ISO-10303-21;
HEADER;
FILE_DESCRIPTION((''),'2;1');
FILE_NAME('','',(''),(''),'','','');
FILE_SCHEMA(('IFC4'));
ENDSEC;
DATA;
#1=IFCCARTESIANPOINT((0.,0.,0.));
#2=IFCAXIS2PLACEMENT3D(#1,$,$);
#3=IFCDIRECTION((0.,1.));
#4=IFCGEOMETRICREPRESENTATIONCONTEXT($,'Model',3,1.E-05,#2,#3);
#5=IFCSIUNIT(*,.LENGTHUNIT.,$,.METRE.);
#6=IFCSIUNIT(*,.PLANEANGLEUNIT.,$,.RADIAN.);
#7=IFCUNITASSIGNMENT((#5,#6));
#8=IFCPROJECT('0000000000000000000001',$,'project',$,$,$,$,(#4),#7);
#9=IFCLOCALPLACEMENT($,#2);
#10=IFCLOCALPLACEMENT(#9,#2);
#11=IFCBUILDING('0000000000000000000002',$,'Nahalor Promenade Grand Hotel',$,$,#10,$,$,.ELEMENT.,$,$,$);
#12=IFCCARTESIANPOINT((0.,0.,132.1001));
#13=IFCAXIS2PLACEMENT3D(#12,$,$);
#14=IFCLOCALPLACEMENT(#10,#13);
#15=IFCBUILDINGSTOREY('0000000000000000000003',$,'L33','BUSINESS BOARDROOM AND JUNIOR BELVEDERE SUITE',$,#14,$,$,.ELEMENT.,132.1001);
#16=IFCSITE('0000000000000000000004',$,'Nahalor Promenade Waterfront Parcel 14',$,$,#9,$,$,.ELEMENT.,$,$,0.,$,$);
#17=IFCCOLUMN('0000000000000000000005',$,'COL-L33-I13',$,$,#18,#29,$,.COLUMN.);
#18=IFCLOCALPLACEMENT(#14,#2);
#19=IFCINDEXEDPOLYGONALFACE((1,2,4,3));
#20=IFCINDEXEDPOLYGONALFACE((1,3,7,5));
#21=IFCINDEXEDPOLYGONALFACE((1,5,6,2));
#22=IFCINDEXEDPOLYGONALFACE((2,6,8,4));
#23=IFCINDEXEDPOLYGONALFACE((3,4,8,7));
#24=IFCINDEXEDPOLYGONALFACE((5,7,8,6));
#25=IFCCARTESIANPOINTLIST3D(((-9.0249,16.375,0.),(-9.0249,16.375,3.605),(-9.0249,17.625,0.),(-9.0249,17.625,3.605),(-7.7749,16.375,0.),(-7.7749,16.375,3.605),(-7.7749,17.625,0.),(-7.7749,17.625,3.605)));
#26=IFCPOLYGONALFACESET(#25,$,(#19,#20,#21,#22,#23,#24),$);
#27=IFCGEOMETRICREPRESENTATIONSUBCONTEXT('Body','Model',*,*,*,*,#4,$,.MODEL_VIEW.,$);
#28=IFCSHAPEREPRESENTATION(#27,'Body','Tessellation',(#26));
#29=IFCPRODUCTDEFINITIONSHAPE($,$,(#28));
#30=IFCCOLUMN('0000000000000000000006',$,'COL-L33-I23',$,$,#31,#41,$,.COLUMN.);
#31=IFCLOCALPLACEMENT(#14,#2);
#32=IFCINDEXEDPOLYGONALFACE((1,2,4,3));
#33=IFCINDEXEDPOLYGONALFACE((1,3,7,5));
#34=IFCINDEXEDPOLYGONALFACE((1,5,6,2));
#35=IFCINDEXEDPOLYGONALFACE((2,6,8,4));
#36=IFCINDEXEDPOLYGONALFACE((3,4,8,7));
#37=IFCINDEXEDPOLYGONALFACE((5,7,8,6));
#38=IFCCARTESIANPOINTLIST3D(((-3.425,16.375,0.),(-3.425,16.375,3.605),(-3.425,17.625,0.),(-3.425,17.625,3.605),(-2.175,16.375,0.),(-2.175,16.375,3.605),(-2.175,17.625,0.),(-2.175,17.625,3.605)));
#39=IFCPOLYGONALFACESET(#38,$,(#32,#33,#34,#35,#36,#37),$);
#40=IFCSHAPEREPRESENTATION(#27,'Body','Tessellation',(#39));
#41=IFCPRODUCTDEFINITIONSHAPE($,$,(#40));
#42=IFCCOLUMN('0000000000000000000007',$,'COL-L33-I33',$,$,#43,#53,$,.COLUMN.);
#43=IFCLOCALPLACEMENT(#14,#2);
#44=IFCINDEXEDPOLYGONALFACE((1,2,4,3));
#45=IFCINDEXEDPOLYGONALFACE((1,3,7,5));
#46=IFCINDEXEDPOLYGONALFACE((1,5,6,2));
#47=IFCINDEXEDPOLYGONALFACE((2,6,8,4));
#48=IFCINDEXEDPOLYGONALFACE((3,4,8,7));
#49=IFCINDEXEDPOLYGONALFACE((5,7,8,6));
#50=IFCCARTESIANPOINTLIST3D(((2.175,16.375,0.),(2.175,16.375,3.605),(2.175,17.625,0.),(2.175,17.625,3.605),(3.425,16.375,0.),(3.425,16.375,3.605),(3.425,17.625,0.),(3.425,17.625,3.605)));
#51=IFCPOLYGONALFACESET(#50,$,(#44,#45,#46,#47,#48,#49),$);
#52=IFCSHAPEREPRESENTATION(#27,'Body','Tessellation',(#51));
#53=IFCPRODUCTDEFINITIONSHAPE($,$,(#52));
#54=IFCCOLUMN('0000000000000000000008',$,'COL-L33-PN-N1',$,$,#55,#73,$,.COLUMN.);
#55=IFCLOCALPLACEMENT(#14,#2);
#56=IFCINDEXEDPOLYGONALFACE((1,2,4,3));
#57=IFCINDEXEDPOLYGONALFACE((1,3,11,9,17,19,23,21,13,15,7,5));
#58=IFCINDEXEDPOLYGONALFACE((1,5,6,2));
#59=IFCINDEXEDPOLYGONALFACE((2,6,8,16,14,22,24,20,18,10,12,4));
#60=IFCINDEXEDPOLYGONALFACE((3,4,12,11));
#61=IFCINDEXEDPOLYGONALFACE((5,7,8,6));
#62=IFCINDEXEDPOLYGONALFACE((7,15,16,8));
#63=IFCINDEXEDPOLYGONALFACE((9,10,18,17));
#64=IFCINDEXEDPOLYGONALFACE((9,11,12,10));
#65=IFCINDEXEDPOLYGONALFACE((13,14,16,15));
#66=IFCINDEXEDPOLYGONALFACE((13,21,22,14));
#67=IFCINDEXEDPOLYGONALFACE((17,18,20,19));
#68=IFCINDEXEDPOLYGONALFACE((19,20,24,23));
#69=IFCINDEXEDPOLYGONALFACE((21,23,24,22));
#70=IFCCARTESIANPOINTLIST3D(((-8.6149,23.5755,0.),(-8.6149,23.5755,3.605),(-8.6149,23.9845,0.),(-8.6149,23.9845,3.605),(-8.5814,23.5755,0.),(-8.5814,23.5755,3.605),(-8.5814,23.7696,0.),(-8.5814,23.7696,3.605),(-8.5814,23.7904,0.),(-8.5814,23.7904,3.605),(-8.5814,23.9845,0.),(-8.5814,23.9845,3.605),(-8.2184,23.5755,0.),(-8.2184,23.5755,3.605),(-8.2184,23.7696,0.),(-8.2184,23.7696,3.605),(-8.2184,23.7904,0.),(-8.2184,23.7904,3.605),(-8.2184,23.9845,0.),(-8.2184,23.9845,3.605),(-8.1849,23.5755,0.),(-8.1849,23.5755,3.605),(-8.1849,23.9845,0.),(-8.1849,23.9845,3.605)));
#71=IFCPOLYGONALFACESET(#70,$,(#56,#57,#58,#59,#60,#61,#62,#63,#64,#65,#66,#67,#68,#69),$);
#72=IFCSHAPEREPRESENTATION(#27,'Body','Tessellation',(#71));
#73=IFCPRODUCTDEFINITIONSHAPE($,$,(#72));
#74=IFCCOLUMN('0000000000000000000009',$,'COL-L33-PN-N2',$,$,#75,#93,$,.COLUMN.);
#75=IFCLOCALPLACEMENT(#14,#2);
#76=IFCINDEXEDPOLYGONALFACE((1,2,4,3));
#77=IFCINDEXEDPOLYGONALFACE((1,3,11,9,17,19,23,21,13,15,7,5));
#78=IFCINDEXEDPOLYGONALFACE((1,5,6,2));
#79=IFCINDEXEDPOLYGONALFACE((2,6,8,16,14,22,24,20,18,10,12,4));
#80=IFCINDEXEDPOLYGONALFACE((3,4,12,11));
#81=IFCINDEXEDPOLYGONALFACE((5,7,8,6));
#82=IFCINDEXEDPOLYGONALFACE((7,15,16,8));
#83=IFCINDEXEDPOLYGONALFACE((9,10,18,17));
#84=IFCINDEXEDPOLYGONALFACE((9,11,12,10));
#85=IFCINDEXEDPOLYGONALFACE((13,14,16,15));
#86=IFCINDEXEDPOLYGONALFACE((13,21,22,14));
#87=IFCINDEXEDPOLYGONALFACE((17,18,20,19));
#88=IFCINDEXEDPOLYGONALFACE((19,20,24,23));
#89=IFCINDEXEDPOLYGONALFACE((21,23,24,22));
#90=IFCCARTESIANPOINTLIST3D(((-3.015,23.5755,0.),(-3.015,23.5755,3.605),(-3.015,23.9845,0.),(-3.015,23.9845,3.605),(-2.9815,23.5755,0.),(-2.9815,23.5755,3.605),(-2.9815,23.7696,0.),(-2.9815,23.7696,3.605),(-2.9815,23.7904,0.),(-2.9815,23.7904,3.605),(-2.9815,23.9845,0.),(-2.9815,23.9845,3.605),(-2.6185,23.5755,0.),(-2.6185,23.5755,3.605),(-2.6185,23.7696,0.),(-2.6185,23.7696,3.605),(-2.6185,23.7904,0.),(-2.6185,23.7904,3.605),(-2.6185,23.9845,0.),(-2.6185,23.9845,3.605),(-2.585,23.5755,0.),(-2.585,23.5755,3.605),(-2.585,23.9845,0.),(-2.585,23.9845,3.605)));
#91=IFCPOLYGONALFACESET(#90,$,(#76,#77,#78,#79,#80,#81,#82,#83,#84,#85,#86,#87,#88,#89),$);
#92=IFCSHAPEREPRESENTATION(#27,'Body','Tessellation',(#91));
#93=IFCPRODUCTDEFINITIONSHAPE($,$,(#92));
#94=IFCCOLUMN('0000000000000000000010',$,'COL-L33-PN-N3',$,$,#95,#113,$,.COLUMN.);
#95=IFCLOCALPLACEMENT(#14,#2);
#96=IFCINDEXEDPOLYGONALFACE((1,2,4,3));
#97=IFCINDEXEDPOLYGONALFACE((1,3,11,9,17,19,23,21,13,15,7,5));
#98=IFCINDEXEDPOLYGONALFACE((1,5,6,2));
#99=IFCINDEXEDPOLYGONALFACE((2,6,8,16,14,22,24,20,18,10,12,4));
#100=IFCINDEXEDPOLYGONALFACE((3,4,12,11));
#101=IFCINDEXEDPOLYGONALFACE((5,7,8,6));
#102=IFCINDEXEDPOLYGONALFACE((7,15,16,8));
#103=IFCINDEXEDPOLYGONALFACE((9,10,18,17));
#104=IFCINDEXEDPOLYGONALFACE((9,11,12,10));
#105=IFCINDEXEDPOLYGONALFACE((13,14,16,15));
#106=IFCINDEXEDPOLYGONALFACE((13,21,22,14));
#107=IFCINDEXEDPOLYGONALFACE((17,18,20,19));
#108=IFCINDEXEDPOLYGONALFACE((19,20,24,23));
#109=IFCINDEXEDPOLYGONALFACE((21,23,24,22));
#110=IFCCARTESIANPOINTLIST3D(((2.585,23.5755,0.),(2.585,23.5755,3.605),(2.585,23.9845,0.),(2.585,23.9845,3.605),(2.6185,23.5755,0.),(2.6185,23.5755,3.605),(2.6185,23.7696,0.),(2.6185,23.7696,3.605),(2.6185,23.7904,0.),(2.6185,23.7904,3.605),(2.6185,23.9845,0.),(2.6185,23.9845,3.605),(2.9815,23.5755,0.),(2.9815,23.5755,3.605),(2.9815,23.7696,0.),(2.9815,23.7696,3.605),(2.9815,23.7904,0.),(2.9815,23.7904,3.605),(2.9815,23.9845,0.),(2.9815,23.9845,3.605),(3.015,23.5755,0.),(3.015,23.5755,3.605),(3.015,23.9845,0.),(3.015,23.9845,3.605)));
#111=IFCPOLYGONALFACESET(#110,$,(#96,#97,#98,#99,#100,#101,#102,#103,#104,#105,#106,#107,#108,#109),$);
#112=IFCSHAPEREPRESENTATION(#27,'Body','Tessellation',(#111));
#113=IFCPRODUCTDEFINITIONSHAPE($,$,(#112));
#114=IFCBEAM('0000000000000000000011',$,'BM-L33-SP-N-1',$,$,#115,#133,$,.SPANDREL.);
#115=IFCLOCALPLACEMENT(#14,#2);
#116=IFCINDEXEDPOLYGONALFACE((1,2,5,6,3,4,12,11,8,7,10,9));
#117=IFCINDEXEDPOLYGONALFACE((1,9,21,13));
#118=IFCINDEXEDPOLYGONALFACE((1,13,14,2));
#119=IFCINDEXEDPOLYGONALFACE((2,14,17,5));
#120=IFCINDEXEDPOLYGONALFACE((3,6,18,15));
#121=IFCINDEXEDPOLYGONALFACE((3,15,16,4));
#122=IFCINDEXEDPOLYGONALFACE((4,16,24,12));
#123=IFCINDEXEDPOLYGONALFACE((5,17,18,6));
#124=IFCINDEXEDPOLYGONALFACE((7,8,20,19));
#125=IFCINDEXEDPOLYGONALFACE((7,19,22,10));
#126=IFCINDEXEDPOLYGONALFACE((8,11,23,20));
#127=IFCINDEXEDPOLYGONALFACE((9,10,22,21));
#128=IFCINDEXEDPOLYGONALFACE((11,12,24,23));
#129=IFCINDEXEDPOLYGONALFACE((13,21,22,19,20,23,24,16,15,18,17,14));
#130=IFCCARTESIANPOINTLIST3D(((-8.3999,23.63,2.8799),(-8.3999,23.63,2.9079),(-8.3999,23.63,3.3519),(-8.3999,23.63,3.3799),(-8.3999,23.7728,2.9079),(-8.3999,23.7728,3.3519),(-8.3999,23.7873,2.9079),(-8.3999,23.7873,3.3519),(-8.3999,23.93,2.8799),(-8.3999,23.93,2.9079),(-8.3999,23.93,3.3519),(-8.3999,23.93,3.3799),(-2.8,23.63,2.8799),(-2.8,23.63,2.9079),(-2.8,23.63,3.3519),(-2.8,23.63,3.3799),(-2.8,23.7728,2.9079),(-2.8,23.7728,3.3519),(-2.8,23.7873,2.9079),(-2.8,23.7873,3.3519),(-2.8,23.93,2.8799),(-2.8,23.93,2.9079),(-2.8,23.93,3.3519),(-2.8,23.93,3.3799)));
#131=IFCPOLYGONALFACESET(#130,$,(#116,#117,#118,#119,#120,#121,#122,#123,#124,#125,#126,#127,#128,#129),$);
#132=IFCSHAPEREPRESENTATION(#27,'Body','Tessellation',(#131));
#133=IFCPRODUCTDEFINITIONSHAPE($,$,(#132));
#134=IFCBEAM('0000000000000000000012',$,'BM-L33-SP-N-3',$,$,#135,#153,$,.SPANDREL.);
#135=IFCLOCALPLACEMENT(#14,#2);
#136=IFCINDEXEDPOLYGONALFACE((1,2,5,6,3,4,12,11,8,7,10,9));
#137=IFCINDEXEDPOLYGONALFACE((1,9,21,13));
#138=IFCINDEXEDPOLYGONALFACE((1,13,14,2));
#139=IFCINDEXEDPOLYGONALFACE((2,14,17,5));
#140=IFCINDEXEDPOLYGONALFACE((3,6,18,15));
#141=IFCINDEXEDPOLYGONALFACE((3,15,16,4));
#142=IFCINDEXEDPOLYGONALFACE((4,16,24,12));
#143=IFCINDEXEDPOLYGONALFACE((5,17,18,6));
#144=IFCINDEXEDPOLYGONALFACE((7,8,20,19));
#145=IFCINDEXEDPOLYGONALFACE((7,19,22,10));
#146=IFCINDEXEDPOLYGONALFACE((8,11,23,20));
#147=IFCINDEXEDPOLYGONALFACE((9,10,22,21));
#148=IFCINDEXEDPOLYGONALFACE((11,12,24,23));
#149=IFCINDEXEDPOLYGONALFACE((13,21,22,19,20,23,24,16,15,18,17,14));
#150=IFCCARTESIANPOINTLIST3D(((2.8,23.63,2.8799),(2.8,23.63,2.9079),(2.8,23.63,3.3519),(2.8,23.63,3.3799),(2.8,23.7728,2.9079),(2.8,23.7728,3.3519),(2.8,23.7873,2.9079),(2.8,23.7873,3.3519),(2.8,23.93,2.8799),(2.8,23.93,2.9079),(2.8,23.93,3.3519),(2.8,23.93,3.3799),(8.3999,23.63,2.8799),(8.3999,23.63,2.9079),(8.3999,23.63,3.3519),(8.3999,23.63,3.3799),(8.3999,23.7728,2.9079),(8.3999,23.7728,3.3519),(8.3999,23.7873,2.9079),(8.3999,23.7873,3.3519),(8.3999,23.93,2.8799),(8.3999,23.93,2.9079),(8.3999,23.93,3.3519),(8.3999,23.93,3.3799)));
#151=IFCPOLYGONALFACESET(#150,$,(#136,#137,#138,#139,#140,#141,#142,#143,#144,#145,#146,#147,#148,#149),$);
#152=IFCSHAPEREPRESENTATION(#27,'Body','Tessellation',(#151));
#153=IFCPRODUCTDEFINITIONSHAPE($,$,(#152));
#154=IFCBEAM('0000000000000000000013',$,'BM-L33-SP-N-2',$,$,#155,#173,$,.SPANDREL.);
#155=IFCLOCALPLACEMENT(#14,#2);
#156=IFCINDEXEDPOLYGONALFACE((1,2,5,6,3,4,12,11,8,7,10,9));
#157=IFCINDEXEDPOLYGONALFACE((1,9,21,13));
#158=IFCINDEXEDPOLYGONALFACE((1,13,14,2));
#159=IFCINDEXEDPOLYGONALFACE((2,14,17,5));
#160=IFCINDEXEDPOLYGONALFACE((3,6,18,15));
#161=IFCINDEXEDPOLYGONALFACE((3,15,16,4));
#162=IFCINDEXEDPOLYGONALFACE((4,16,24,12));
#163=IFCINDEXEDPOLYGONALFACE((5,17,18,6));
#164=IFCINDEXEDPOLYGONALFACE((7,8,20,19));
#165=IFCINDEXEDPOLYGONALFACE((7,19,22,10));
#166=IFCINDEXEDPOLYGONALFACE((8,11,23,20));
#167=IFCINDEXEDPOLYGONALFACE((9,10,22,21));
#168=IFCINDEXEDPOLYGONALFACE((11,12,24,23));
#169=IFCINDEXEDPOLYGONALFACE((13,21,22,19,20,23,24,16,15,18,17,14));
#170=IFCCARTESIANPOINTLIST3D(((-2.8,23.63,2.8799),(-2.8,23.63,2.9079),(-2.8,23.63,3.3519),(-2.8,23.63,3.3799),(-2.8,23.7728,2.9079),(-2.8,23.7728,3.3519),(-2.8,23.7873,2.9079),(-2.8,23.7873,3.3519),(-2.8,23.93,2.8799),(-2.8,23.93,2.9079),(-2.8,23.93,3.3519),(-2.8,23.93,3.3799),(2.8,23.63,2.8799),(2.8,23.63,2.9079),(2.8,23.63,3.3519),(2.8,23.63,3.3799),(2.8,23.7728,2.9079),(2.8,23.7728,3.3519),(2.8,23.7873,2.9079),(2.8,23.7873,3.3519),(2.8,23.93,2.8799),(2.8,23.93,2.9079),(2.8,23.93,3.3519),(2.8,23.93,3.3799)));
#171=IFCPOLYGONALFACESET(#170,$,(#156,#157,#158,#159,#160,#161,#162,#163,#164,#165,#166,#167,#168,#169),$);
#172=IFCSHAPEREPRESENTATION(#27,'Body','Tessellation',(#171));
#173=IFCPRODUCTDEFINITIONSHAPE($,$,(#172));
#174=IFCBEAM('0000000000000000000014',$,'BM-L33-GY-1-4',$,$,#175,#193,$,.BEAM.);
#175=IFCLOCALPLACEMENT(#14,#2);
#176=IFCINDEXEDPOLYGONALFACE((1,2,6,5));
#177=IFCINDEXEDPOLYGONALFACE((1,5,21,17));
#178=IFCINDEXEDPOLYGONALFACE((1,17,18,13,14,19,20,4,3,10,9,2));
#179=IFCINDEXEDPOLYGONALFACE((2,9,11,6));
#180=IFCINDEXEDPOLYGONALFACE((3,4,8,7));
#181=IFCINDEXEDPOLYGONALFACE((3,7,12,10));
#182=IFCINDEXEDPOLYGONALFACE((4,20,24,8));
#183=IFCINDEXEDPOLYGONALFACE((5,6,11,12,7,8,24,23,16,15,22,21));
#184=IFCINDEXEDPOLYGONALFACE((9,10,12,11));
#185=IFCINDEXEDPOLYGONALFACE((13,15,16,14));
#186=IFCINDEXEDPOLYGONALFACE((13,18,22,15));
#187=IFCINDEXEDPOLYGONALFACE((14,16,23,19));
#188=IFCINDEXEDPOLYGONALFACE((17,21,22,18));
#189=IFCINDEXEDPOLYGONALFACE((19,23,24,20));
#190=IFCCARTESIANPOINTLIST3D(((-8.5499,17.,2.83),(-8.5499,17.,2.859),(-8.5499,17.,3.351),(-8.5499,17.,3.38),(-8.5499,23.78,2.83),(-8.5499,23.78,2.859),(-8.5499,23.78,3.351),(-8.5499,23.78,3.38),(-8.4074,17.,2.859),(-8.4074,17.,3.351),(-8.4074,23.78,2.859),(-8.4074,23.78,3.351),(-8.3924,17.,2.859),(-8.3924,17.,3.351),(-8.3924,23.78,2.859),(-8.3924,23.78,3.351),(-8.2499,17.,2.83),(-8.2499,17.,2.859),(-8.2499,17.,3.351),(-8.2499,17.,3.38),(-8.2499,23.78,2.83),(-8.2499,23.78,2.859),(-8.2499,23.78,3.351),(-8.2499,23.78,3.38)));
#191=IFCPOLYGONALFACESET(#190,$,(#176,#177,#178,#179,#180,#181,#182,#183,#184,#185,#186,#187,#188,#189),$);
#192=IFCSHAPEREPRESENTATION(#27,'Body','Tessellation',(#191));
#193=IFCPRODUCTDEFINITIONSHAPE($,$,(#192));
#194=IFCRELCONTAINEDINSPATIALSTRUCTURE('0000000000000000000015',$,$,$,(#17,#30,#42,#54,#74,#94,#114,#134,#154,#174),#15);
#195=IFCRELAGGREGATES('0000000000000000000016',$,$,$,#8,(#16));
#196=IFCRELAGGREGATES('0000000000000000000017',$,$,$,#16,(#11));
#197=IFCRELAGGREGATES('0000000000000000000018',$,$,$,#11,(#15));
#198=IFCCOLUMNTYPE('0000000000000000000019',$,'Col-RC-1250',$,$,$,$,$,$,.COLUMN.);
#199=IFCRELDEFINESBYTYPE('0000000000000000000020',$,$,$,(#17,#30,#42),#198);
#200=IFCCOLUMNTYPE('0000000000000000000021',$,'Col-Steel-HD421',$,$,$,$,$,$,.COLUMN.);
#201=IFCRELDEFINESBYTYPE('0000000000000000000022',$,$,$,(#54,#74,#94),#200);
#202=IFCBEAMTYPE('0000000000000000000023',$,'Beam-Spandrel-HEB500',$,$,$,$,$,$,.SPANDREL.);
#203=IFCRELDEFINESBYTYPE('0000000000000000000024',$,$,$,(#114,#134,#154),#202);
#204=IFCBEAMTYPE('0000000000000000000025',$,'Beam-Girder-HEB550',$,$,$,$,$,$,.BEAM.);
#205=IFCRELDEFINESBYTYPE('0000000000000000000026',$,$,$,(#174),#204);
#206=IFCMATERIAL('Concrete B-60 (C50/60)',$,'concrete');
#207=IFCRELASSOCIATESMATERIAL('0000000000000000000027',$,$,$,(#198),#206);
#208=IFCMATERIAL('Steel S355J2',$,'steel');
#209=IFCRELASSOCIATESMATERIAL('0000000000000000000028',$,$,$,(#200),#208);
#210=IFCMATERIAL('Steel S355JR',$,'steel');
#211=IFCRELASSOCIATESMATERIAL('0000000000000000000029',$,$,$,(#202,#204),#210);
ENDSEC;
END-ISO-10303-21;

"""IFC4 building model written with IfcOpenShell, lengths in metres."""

from ifc_helpers import new_model, si_unit, direction, frame, origin, origin_2d, place, context, subcontext, project, spatial, rectangle, i_section, extrude, source, transform, mapped, material, material_profile, profile_set, type_object, element, save


model = new_model("IFC4")

# Units and contexts
model_context = context("Model", 3, precision=1e-05, world=origin(), true_north=direction((0.0, 1.0)))
body_context = subcontext(model_context, "Body", "Model", "MODEL_VIEW")
ifc_project = project(units=[si_unit("LENGTHUNIT", "METRE"), si_unit("PLANEANGLEUNIT", "RADIAN")], contexts=[model_context])

# Site, building, storey
site_placement = place(None, origin())
site = spatial("IfcSite", under=ifc_project, at=site_placement, Name="Nahalor Promenade Waterfront Parcel 14", CompositionType="ELEMENT", RefElevation=0.0)
building_placement = place(site_placement, origin())
building = spatial("IfcBuilding", under=site, at=building_placement, Name="Nahalor Promenade Grand Hotel", CompositionType="ELEMENT")
storey_placement = place(building_placement, frame((0.0, 0.0, 132.1001)))
storey = spatial("IfcBuildingStorey", under=building, at=storey_placement, Name="L33", Description="BUSINESS BOARDROOM AND JUNIOR BELVEDERE SUITE", CompositionType="ELEMENT", Elevation=132.1001)

# Columns
ifc_material_1 = material(Name="Concrete B-60 (C50/60)", Category="concrete")
ifc_material_profile_1 = material_profile(ifc_material_1, rectangle(XDim=1.25, YDim=1.25, at=origin_2d()), Name="RC 1250x1250")
ifc_profile_set_1 = profile_set([ifc_material_profile_1], Name="Concrete B-60 (C50/60)")
column_type_1 = type_object("IfcColumnType", Name="Col-RC-1250", PredefinedType="COLUMN", material=ifc_profile_set_1)
shared_shape_1 = source(origin(), body_context, "Body", "SweptSolid", [
    extrude(rectangle(XDim=1.25, YDim=1.25, at=origin_2d()), origin(), (0.0, 0.0, 1.0), 3.605),
])
for number, where, z_axis, x_axis, name in (
    (1, (-8.3999, 17.0, 0.0), (0.0, 0.0, 1.0), (1.0, 0.0, 0.0), "COL-L33-I13"),
    (2, (-2.8, 17.0, 0.0), (0.0, 0.0, 1.0), (1.0, 0.0, 0.0), "COL-L33-I23"),
    (3, (2.8, 17.0, 0.0), (0.0, 0.0, 1.0), (1.0, 0.0, 0.0), "COL-L33-I33"),
):
    element("IfcColumn", number, at=place(storey_placement, frame(where, z_axis=z_axis, x_axis=x_axis)), inside=storey, type_object=column_type_1, Name=name, PredefinedType="COLUMN", context=body_context, shape_type="MappedRepresentation", body=[
        mapped(shared_shape_1, transform((0.0, 0.0, 0.0), scale=1.0)),
    ])
ifc_material_2 = material(Name="Steel S355J2", Category="steel")
ifc_material_profile_2 = material_profile(ifc_material_2, i_section(OverallWidth=0.409, OverallDepth=0.43, WebThickness=0.0208, FlangeThickness=0.0335, at=origin_2d()), Name="HD 400x421")
ifc_profile_set_2 = profile_set([ifc_material_profile_2], Name="Steel S355J2")
column_type_2 = type_object("IfcColumnType", Name="Col-Steel-HD421", PredefinedType="COLUMN", material=ifc_profile_set_2)
shared_shape_2 = source(origin(), body_context, "Body", "SweptSolid", [
    extrude(i_section(OverallWidth=0.409, OverallDepth=0.43, WebThickness=0.0208, FlangeThickness=0.0335, at=origin_2d()), origin(), (0.0, 0.0, 1.0), 3.605),
])
for number, where, z_axis, x_axis, name in (
    (4, (-8.3999, 23.78, 0.0), (0.0, 0.0, 1.0), (0.0, 1.0, 0.0), "COL-L33-PN-N1"),
    (5, (-2.8, 23.78, 0.0), (0.0, 0.0, 1.0), (0.0, 1.0, 0.0), "COL-L33-PN-N2"),
    (6, (2.8, 23.78, 0.0), (0.0, 0.0, 1.0), (0.0, 1.0, 0.0), "COL-L33-PN-N3"),
):
    element("IfcColumn", number, at=place(storey_placement, frame(where, z_axis=z_axis, x_axis=x_axis)), inside=storey, type_object=column_type_2, Name=name, PredefinedType="COLUMN", context=body_context, shape_type="MappedRepresentation", body=[
        mapped(shared_shape_2, transform((0.0, 0.0, 0.0), scale=1.0)),
    ])

# Beams
ifc_material_3 = material(Name="Steel S355JR", Category="steel")
ifc_material_profile_3 = material_profile(ifc_material_3, i_section(OverallWidth=0.3, OverallDepth=0.5, WebThickness=0.0145, FlangeThickness=0.028, at=origin_2d()), Name="HEB 500")
ifc_profile_set_3 = profile_set([ifc_material_profile_3], Name="Steel S355JR")
beam_type_1 = type_object("IfcBeamType", Name="Beam-Spandrel-HEB500", PredefinedType="SPANDREL", material=ifc_profile_set_3)
shared_shape_3 = source(origin(), body_context, "Body", "SweptSolid", [
    extrude(i_section(OverallWidth=0.3, OverallDepth=0.5, WebThickness=0.0145, FlangeThickness=0.028, at=origin_2d()), origin(), (0.0, 0.0, 1.0), 5.5999),
])
for number, where, z_axis, x_axis, name in (
    (7, (-8.3999, 23.78, 3.1299), (1.0, 0.0, 0.0), (0.0, 1.0, 0.0), "BM-L33-SP-N-1"),
    (8, (2.8, 23.78, 3.1299), (1.0, 0.0, 0.0), (0.0, 1.0, 0.0), "BM-L33-SP-N-3"),
):
    element("IfcBeam", number, at=place(storey_placement, frame(where, z_axis=z_axis, x_axis=x_axis)), inside=storey, type_object=beam_type_1, Name=name, PredefinedType="SPANDREL", context=body_context, shape_type="MappedRepresentation", body=[
        mapped(shared_shape_3, transform((0.0, 0.0, 0.0), scale=1.0)),
    ])
shared_shape_4 = source(origin(), body_context, "Body", "SweptSolid", [
    extrude(i_section(OverallWidth=0.3, OverallDepth=0.5, WebThickness=0.0145, FlangeThickness=0.028, at=origin_2d()), origin(), (0.0, 0.0, 1.0), 5.6001),
])
beam_1_placement = place(storey_placement, frame((-2.8, 23.78, 3.1299), z_axis=(1.0, 0.0, 0.0), x_axis=(0.0, 1.0, 0.0)))
element("IfcBeam", 9, at=beam_1_placement, inside=storey, type_object=beam_type_1, Name="BM-L33-SP-N-2", PredefinedType="SPANDREL", context=body_context, shape_type="MappedRepresentation", body=[
    mapped(shared_shape_4, transform((0.0, 0.0, 0.0), scale=1.0)),
])
ifc_material_profile_4 = material_profile(ifc_material_3, i_section(OverallWidth=0.3, OverallDepth=0.55, WebThickness=0.015, FlangeThickness=0.029, at=origin_2d()), Name="HEB 550")
ifc_profile_set_4 = profile_set([ifc_material_profile_4], Name="Steel S355JR")
beam_type_2 = type_object("IfcBeamType", Name="Beam-Girder-HEB550", PredefinedType="BEAM", material=ifc_profile_set_4)
shared_shape_5 = source(origin(), body_context, "Body", "SweptSolid", [
    extrude(i_section(OverallWidth=0.3, OverallDepth=0.55, WebThickness=0.015, FlangeThickness=0.029, at=origin_2d()), origin(), (0.0, 0.0, 1.0), 6.78),
])
for number, where, z_axis, x_axis, name in (
    (10, (-8.3999, 17.0, 3.105), (0.0, 1.0, 0.0), (-1.0, 0.0, 0.0), "BM-L33-GY-1-4"),
):
    element("IfcBeam", number, at=place(storey_placement, frame(where, z_axis=z_axis, x_axis=x_axis)), inside=storey, type_object=beam_type_2, Name=name, PredefinedType="BEAM", context=body_context, shape_type="MappedRepresentation", body=[
        mapped(shared_shape_5, transform((0.0, 0.0, 0.0), scale=1.0)),
    ])

save(model, "model.ifc")
